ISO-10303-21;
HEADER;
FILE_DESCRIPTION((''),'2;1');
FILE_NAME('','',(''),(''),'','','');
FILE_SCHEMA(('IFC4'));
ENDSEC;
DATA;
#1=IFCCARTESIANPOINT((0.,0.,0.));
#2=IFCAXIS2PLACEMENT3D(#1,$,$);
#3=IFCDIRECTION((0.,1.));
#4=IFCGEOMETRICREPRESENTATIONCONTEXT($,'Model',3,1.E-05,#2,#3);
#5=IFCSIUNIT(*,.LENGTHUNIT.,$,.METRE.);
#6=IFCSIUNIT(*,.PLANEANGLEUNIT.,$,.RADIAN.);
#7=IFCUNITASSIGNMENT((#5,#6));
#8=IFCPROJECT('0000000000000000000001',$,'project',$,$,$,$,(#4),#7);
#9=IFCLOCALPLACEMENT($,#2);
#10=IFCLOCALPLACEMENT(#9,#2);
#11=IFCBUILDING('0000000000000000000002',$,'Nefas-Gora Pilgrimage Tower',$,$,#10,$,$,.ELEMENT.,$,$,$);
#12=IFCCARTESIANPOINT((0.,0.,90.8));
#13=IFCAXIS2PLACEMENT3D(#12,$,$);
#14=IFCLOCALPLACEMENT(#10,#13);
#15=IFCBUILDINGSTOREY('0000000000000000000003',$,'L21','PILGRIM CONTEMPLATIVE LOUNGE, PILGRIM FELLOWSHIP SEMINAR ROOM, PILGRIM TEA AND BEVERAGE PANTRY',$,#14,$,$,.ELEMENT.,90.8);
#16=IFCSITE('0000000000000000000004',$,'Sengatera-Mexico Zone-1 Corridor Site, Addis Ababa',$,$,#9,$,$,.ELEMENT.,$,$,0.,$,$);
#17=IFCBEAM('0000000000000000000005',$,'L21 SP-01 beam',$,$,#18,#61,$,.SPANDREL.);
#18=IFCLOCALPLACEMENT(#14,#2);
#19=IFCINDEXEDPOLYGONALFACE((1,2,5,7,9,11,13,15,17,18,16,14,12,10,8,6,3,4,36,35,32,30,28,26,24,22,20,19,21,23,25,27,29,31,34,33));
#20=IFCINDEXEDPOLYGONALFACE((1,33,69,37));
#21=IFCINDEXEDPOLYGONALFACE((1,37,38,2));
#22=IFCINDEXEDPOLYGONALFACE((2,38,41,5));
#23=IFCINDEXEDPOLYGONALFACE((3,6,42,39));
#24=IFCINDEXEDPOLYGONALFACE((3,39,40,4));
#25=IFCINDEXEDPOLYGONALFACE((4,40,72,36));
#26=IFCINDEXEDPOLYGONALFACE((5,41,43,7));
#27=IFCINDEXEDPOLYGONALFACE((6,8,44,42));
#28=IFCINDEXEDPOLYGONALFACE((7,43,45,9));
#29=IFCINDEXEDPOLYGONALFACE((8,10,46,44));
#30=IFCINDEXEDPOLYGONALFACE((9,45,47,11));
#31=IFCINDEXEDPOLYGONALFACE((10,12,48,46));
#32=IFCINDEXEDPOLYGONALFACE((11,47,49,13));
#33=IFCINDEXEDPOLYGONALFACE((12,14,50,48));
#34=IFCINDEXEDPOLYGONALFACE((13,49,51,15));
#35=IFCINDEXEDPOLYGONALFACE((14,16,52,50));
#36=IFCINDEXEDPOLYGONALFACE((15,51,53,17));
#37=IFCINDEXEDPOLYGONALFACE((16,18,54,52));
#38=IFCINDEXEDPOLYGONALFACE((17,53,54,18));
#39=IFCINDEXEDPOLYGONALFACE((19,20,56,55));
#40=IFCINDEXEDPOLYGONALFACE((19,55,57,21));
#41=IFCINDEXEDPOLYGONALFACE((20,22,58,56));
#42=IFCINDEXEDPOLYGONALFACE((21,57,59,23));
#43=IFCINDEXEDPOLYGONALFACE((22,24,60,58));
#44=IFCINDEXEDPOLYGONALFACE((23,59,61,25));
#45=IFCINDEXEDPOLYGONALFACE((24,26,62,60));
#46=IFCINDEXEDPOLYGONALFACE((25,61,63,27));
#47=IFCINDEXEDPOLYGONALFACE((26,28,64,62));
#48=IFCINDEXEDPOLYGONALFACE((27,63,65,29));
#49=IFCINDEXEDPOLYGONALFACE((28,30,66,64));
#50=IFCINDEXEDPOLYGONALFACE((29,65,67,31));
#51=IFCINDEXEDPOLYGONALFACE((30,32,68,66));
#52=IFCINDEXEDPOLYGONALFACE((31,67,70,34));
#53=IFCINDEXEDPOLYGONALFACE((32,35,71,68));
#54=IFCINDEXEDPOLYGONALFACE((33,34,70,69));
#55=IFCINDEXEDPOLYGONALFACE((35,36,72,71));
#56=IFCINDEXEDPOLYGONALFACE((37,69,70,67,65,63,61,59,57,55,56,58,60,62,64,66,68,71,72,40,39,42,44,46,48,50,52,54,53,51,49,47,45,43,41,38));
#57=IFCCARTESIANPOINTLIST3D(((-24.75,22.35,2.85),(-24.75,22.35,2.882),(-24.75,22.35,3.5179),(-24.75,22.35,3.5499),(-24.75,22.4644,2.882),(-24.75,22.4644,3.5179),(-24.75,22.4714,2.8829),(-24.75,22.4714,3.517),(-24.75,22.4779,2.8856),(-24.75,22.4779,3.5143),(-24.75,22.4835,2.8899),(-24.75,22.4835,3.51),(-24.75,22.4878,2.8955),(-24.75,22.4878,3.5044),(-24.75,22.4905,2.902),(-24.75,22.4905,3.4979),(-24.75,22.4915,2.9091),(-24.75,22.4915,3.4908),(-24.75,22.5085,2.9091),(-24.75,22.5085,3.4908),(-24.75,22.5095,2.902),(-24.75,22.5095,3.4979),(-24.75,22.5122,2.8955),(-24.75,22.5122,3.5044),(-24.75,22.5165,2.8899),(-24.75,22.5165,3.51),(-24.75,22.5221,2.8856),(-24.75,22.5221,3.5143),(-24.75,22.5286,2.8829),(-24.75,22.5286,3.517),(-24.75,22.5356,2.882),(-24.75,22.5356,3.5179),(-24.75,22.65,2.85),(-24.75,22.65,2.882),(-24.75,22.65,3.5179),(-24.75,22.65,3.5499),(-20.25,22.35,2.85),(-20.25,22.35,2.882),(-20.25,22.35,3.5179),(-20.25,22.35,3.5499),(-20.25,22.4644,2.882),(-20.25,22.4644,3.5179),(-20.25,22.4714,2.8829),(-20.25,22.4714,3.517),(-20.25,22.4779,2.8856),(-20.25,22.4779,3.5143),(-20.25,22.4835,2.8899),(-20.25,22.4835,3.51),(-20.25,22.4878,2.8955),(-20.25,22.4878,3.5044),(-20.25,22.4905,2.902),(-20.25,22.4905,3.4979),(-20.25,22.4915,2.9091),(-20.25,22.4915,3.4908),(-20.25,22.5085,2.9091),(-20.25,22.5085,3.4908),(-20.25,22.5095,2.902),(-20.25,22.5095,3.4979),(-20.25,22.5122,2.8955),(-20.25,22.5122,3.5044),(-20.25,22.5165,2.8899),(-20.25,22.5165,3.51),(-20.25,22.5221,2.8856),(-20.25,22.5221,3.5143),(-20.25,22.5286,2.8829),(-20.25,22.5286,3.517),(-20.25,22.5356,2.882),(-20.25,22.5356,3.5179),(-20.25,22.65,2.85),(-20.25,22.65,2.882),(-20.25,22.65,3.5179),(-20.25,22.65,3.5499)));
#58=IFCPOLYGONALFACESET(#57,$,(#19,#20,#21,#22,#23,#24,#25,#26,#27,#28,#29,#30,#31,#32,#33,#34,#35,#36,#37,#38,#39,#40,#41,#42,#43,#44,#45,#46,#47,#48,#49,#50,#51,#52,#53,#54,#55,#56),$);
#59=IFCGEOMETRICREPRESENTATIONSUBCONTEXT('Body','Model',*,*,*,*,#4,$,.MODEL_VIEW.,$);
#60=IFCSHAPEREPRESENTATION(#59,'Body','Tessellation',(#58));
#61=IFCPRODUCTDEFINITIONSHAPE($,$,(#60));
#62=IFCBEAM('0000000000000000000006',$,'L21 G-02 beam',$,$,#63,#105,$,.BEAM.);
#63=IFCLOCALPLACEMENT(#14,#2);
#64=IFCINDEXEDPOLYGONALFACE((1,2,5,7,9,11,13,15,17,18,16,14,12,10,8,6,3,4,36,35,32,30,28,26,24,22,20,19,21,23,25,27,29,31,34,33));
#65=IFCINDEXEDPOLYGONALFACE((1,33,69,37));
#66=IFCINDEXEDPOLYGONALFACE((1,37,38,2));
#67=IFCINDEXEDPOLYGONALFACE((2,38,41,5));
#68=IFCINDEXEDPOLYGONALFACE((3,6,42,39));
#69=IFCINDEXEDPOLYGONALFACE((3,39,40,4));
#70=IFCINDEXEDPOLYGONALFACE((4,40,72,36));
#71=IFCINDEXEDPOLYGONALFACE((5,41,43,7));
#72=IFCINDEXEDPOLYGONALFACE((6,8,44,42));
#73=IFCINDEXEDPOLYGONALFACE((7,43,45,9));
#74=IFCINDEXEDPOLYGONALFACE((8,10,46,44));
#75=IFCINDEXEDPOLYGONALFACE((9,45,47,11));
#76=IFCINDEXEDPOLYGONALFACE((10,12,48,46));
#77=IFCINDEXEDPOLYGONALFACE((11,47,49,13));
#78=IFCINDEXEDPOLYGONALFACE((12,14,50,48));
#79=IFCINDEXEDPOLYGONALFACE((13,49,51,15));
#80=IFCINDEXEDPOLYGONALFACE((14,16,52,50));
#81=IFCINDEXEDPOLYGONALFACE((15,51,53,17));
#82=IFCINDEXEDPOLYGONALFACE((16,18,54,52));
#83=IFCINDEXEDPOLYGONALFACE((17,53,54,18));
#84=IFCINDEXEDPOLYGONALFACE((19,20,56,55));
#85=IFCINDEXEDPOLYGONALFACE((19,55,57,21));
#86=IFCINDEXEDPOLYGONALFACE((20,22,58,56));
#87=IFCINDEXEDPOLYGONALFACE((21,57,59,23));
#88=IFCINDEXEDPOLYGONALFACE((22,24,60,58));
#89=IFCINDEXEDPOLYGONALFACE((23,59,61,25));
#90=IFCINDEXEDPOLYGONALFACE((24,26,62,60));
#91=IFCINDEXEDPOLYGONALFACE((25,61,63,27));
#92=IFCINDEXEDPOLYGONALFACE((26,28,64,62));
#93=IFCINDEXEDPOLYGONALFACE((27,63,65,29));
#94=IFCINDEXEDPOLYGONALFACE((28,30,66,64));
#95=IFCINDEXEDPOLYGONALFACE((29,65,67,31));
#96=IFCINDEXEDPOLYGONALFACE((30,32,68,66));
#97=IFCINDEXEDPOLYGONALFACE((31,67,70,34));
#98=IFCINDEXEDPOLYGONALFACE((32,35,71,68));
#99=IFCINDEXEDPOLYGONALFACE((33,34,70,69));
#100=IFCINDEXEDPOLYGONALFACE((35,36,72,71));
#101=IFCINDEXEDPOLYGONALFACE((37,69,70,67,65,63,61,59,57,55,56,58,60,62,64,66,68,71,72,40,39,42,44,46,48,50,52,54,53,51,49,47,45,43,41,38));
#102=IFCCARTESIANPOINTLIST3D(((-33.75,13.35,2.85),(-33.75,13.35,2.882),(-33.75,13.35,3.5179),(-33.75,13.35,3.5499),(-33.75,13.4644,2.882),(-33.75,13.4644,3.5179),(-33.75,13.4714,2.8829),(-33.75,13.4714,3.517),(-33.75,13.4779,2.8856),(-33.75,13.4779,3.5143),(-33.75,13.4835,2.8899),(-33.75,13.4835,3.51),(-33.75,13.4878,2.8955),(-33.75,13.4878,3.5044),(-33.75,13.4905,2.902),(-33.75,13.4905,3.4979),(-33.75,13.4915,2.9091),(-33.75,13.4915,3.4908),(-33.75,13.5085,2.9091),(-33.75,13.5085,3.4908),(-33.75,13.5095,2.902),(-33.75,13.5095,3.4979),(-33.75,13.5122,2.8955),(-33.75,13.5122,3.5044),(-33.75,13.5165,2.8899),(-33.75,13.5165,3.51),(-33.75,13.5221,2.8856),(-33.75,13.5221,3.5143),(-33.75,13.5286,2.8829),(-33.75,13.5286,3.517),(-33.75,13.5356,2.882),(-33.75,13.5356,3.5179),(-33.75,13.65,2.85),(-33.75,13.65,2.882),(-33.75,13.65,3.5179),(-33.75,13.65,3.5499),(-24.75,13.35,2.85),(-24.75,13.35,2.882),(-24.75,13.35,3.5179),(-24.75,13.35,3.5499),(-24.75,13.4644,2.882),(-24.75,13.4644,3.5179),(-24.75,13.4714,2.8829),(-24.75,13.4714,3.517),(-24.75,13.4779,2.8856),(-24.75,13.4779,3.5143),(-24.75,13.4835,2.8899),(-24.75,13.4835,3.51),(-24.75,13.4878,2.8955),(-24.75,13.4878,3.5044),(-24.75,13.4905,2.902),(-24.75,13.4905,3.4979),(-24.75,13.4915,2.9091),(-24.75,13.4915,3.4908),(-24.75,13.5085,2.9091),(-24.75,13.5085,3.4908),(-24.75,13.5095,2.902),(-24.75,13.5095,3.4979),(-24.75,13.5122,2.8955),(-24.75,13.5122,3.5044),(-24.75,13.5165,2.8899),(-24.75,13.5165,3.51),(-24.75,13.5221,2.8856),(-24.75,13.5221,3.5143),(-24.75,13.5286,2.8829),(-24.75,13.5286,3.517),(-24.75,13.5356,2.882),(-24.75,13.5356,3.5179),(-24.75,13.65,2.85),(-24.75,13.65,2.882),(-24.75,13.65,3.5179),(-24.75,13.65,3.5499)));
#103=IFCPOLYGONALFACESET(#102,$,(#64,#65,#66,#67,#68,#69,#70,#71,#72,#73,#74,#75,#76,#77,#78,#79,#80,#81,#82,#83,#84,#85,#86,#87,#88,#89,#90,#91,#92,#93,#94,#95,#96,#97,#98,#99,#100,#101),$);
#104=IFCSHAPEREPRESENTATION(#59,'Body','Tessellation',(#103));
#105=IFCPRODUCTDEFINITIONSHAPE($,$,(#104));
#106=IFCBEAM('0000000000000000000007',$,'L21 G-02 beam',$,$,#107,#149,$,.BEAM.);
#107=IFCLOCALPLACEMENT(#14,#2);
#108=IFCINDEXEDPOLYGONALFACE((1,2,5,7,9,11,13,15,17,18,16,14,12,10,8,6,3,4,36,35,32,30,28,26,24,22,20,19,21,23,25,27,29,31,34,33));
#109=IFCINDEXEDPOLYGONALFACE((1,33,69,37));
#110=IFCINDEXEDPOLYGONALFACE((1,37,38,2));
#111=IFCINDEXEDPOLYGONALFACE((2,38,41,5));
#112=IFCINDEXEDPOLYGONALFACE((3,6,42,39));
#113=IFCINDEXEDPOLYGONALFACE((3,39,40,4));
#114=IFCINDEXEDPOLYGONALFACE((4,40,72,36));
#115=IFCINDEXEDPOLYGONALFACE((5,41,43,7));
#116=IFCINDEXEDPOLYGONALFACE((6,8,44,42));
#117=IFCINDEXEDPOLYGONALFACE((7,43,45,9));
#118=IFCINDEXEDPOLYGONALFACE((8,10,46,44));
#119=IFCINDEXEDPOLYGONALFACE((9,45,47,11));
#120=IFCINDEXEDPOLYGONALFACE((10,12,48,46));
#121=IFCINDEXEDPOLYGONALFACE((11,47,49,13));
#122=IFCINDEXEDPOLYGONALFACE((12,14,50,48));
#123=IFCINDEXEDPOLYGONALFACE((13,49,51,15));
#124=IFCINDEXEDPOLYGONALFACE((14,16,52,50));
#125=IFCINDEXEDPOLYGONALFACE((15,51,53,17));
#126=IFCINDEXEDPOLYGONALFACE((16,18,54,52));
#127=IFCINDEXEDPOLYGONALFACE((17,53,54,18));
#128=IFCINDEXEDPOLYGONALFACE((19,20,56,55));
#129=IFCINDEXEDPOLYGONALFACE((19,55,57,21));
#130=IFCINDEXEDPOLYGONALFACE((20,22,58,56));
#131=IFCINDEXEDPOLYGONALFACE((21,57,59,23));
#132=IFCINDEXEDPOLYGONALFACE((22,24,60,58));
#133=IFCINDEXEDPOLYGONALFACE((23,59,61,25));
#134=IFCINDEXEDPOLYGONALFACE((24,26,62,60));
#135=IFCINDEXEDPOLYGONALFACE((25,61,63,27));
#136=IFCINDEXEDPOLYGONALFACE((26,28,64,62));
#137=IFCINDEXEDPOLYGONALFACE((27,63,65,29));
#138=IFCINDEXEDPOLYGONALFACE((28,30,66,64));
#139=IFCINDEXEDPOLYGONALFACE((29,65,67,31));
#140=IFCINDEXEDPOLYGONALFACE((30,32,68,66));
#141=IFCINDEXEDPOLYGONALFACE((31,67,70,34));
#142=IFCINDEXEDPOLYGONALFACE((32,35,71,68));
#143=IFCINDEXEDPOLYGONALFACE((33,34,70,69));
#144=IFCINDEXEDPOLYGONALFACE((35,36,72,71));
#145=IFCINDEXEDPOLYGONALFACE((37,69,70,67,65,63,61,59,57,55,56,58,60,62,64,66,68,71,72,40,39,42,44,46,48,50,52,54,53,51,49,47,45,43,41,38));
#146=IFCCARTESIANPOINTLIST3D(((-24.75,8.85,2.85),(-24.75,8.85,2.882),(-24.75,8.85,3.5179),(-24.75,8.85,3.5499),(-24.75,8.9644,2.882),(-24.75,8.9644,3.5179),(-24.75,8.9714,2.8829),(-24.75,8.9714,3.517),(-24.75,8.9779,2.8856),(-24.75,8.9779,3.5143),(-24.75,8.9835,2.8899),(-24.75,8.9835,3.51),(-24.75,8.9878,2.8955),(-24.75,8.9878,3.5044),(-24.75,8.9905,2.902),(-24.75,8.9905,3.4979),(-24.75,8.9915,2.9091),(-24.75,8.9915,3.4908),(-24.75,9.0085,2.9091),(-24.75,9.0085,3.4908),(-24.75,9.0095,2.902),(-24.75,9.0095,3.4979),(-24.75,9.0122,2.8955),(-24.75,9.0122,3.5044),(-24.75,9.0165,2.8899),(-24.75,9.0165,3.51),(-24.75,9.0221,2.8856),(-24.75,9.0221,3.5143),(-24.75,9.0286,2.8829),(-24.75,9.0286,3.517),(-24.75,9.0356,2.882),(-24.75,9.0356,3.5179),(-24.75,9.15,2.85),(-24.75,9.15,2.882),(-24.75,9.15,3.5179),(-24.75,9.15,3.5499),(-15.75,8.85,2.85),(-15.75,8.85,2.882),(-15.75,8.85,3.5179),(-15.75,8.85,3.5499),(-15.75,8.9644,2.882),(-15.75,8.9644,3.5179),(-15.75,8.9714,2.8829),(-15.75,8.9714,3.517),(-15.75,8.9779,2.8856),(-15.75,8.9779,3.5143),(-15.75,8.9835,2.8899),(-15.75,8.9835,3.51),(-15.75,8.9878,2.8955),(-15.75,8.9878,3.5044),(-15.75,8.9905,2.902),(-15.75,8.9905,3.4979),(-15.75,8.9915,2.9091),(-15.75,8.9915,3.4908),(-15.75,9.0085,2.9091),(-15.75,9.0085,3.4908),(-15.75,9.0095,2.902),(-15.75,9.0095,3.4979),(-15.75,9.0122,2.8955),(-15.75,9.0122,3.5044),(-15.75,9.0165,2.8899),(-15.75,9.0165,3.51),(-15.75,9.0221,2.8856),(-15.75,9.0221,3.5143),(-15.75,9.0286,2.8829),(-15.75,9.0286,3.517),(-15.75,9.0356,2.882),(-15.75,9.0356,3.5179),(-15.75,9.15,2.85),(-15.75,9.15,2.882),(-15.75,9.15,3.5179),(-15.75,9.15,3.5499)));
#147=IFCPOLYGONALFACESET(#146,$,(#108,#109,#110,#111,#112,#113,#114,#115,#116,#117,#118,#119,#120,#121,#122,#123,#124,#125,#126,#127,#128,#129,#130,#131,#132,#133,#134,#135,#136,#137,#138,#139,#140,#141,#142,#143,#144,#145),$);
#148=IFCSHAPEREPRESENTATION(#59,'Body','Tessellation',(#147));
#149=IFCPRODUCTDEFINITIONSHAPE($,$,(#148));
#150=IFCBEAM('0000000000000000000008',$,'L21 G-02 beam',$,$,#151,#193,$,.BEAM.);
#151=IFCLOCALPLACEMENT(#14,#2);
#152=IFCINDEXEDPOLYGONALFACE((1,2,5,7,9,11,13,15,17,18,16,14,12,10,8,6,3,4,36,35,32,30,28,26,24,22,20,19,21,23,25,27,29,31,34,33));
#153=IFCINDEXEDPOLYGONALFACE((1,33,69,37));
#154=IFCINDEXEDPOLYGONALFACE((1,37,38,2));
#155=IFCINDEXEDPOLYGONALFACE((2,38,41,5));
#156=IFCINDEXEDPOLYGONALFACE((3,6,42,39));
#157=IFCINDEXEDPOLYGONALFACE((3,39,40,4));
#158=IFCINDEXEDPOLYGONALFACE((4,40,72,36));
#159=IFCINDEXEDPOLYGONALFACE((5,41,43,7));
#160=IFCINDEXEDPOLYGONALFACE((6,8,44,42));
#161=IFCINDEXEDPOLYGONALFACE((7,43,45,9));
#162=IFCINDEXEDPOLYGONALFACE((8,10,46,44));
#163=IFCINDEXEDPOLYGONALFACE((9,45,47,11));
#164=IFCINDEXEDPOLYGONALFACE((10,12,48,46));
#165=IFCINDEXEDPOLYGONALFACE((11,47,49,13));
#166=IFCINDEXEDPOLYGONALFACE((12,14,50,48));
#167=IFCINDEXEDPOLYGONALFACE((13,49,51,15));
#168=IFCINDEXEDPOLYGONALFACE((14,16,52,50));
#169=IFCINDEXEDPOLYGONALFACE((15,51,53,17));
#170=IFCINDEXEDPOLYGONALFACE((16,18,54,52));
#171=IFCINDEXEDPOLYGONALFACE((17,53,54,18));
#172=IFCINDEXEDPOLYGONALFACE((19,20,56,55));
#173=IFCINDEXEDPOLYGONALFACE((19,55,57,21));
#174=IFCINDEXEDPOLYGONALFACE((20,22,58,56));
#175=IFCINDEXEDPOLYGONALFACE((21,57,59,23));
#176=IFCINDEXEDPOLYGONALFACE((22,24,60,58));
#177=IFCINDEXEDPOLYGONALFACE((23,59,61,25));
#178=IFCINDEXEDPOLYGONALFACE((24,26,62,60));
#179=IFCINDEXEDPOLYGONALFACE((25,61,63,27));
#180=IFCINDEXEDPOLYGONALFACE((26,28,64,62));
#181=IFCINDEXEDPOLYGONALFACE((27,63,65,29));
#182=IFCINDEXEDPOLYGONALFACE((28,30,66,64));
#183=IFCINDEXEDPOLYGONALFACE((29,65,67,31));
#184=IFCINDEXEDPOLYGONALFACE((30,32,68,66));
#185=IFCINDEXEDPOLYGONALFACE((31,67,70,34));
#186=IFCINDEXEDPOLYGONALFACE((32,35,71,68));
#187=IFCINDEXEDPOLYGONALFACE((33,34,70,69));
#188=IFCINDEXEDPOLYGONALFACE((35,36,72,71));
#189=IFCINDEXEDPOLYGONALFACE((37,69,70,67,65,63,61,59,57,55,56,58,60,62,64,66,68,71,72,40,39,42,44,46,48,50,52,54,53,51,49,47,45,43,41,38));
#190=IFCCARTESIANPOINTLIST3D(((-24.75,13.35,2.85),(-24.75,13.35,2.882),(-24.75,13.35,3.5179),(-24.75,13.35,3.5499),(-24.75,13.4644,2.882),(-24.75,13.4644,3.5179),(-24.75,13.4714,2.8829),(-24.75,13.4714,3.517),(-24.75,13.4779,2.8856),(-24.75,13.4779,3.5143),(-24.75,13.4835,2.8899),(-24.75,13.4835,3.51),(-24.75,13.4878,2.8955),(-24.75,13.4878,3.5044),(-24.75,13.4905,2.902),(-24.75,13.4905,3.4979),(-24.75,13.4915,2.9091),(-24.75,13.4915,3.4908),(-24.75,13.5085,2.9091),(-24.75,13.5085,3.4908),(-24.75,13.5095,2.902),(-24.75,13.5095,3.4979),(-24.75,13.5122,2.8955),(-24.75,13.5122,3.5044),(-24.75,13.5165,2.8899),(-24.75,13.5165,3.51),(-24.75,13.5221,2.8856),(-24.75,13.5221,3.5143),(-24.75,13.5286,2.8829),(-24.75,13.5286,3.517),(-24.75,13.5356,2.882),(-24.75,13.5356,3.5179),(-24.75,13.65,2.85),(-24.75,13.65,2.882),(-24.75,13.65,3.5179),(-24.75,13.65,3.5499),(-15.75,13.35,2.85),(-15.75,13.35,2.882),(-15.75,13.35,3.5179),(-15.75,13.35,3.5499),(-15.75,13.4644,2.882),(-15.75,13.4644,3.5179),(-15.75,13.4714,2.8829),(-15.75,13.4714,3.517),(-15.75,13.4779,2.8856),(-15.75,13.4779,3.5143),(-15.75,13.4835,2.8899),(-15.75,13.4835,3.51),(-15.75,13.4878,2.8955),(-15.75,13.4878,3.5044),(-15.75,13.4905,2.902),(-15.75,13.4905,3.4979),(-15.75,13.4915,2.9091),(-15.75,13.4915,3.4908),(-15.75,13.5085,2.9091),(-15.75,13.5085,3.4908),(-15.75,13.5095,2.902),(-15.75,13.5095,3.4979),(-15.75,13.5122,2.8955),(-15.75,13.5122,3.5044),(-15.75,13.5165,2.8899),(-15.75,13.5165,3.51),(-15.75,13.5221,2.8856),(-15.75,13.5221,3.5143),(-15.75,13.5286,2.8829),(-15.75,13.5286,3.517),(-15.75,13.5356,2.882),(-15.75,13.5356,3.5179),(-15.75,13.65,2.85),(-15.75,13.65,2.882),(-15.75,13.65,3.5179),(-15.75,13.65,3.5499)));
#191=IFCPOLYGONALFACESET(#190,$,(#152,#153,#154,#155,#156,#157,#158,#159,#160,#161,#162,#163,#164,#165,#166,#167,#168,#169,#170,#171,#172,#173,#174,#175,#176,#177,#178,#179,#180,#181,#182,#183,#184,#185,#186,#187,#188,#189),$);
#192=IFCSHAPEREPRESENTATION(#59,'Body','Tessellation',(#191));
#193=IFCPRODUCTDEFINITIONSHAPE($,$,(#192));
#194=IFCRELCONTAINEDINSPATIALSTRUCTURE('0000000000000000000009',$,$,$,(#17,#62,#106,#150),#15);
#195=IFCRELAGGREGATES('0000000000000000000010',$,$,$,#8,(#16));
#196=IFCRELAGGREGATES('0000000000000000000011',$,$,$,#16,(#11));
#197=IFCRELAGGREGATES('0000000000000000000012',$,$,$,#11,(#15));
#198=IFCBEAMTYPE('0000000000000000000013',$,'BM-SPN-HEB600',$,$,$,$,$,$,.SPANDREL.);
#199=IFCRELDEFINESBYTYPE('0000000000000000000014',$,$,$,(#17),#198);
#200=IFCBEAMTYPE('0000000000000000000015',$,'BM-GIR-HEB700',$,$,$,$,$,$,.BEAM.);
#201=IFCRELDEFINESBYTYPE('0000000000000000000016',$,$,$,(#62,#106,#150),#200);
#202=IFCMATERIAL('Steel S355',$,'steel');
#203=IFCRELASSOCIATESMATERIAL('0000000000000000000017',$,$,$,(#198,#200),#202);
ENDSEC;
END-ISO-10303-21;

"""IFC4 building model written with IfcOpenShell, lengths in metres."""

from ifc_helpers import new_model, si_unit, direction, frame, origin, origin_2d, place, context, subcontext, project, spatial, i_section, extrude, source, transform, mapped, material, material_profile, profile_set, type_object, element, save


model = new_model("IFC4")

# Units and contexts
model_context = context("Model", 3, precision=1e-05, world=origin(), true_north=direction((0.0, 1.0)))
body_context = subcontext(model_context, "Body", "Model", "MODEL_VIEW")
ifc_project = project(units=[si_unit("LENGTHUNIT", "METRE"), si_unit("PLANEANGLEUNIT", "RADIAN")], contexts=[model_context])

# Site, building, storey
site_placement = place(None, origin())
site = spatial("IfcSite", under=ifc_project, at=site_placement, Name="Sengatera-Mexico Zone-1 Corridor Site, Addis Ababa", CompositionType="ELEMENT", RefElevation=0.0)
building_placement = place(site_placement, origin())
building = spatial("IfcBuilding", under=site, at=building_placement, Name="Nefas-Gora Pilgrimage Tower", CompositionType="ELEMENT")
storey_placement = place(building_placement, frame((0.0, 0.0, 90.8)))
storey = spatial("IfcBuildingStorey", under=building, at=storey_placement, Name="L21", Description="PILGRIM CONTEMPLATIVE LOUNGE, PILGRIM FELLOWSHIP SEMINAR ROOM, PILGRIM TEA AND BEVERAGE PANTRY", CompositionType="ELEMENT", Elevation=90.8)

# Beams
ifc_material_1 = material(Name="Steel S355", Category="steel")
ifc_material_profile_1 = material_profile(ifc_material_1, i_section(OverallWidth=0.3, OverallDepth=0.7, WebThickness=0.0171, FlangeThickness=0.032, FilletRadius=0.0271, at=origin_2d()), Name="HEB 700")
ifc_profile_set_1 = profile_set([ifc_material_profile_1], Name="Steel S355")
beam_type_1 = type_object("IfcBeamType", Name="BM-SPN-HEB600", PredefinedType="SPANDREL", material=ifc_profile_set_1)
shared_shape_1 = source(origin(), body_context, "Body", "SweptSolid", [
    extrude(i_section(OverallWidth=0.3, OverallDepth=0.7, WebThickness=0.0171, FlangeThickness=0.032, FilletRadius=0.0271, at=origin_2d()), origin(), (0.0, 0.0, 1.0), 4.5),
])
beam_placement = place(storey_placement, frame((-24.75, 22.5, 3.2), z_axis=(1.0, 0.0, 0.0), x_axis=(0.0, 1.0, 0.0)))
element("IfcBeam", 1, at=beam_placement, inside=storey, type_object=beam_type_1, Name="L21 SP-01 beam", PredefinedType="SPANDREL", context=body_context, shape_type="MappedRepresentation", body=[
    mapped(shared_shape_1, transform((0.0, 0.0, 0.0), x_axis=(1.0, 0.0, 0.0), y_axis=(0.0, 1.0, 0.0), z_axis=(0.0, 0.0, 1.0), scale=1.0)),
])
ifc_material_profile_2 = material_profile(ifc_material_1, i_section(OverallWidth=0.3, OverallDepth=0.7, WebThickness=0.0171, FlangeThickness=0.032, FilletRadius=0.0271, at=origin_2d()), Name="HEB 700")
ifc_profile_set_2 = profile_set([ifc_material_profile_2], Name="Steel S355")
beam_type_2 = type_object("IfcBeamType", Name="BM-GIR-HEB700", PredefinedType="BEAM", material=ifc_profile_set_2)
shared_shape_2 = source(origin(), body_context, "Body", "SweptSolid", [
    extrude(i_section(OverallWidth=0.3, OverallDepth=0.7, WebThickness=0.0171, FlangeThickness=0.032, FilletRadius=0.0271, at=origin_2d()), origin(), (0.0, 0.0, 1.0), 9.0),
])
for number, where, z_axis, x_axis, name in (
    (2, (-33.75, 13.5, 3.2), (1.0, 0.0, 0.0), (0.0, 1.0, 0.0), "L21 G-02 beam"),
    (3, (-24.75, 9.0, 3.2), (1.0, 0.0, 0.0), (0.0, 1.0, 0.0), "L21 G-02 beam"),
    (4, (-24.75, 13.5, 3.2), (1.0, 0.0, 0.0), (0.0, 1.0, 0.0), "L21 G-02 beam"),
):
    element("IfcBeam", number, at=place(storey_placement, frame(where, z_axis=z_axis, x_axis=x_axis)), inside=storey, type_object=beam_type_2, Name=name, PredefinedType="BEAM", context=body_context, shape_type="MappedRepresentation", body=[
        mapped(shared_shape_2, transform((0.0, 0.0, 0.0), x_axis=(1.0, 0.0, 0.0), y_axis=(0.0, 1.0, 0.0), z_axis=(0.0, 0.0, 1.0), scale=1.0)),
    ])

save(model, "model.ifc")
